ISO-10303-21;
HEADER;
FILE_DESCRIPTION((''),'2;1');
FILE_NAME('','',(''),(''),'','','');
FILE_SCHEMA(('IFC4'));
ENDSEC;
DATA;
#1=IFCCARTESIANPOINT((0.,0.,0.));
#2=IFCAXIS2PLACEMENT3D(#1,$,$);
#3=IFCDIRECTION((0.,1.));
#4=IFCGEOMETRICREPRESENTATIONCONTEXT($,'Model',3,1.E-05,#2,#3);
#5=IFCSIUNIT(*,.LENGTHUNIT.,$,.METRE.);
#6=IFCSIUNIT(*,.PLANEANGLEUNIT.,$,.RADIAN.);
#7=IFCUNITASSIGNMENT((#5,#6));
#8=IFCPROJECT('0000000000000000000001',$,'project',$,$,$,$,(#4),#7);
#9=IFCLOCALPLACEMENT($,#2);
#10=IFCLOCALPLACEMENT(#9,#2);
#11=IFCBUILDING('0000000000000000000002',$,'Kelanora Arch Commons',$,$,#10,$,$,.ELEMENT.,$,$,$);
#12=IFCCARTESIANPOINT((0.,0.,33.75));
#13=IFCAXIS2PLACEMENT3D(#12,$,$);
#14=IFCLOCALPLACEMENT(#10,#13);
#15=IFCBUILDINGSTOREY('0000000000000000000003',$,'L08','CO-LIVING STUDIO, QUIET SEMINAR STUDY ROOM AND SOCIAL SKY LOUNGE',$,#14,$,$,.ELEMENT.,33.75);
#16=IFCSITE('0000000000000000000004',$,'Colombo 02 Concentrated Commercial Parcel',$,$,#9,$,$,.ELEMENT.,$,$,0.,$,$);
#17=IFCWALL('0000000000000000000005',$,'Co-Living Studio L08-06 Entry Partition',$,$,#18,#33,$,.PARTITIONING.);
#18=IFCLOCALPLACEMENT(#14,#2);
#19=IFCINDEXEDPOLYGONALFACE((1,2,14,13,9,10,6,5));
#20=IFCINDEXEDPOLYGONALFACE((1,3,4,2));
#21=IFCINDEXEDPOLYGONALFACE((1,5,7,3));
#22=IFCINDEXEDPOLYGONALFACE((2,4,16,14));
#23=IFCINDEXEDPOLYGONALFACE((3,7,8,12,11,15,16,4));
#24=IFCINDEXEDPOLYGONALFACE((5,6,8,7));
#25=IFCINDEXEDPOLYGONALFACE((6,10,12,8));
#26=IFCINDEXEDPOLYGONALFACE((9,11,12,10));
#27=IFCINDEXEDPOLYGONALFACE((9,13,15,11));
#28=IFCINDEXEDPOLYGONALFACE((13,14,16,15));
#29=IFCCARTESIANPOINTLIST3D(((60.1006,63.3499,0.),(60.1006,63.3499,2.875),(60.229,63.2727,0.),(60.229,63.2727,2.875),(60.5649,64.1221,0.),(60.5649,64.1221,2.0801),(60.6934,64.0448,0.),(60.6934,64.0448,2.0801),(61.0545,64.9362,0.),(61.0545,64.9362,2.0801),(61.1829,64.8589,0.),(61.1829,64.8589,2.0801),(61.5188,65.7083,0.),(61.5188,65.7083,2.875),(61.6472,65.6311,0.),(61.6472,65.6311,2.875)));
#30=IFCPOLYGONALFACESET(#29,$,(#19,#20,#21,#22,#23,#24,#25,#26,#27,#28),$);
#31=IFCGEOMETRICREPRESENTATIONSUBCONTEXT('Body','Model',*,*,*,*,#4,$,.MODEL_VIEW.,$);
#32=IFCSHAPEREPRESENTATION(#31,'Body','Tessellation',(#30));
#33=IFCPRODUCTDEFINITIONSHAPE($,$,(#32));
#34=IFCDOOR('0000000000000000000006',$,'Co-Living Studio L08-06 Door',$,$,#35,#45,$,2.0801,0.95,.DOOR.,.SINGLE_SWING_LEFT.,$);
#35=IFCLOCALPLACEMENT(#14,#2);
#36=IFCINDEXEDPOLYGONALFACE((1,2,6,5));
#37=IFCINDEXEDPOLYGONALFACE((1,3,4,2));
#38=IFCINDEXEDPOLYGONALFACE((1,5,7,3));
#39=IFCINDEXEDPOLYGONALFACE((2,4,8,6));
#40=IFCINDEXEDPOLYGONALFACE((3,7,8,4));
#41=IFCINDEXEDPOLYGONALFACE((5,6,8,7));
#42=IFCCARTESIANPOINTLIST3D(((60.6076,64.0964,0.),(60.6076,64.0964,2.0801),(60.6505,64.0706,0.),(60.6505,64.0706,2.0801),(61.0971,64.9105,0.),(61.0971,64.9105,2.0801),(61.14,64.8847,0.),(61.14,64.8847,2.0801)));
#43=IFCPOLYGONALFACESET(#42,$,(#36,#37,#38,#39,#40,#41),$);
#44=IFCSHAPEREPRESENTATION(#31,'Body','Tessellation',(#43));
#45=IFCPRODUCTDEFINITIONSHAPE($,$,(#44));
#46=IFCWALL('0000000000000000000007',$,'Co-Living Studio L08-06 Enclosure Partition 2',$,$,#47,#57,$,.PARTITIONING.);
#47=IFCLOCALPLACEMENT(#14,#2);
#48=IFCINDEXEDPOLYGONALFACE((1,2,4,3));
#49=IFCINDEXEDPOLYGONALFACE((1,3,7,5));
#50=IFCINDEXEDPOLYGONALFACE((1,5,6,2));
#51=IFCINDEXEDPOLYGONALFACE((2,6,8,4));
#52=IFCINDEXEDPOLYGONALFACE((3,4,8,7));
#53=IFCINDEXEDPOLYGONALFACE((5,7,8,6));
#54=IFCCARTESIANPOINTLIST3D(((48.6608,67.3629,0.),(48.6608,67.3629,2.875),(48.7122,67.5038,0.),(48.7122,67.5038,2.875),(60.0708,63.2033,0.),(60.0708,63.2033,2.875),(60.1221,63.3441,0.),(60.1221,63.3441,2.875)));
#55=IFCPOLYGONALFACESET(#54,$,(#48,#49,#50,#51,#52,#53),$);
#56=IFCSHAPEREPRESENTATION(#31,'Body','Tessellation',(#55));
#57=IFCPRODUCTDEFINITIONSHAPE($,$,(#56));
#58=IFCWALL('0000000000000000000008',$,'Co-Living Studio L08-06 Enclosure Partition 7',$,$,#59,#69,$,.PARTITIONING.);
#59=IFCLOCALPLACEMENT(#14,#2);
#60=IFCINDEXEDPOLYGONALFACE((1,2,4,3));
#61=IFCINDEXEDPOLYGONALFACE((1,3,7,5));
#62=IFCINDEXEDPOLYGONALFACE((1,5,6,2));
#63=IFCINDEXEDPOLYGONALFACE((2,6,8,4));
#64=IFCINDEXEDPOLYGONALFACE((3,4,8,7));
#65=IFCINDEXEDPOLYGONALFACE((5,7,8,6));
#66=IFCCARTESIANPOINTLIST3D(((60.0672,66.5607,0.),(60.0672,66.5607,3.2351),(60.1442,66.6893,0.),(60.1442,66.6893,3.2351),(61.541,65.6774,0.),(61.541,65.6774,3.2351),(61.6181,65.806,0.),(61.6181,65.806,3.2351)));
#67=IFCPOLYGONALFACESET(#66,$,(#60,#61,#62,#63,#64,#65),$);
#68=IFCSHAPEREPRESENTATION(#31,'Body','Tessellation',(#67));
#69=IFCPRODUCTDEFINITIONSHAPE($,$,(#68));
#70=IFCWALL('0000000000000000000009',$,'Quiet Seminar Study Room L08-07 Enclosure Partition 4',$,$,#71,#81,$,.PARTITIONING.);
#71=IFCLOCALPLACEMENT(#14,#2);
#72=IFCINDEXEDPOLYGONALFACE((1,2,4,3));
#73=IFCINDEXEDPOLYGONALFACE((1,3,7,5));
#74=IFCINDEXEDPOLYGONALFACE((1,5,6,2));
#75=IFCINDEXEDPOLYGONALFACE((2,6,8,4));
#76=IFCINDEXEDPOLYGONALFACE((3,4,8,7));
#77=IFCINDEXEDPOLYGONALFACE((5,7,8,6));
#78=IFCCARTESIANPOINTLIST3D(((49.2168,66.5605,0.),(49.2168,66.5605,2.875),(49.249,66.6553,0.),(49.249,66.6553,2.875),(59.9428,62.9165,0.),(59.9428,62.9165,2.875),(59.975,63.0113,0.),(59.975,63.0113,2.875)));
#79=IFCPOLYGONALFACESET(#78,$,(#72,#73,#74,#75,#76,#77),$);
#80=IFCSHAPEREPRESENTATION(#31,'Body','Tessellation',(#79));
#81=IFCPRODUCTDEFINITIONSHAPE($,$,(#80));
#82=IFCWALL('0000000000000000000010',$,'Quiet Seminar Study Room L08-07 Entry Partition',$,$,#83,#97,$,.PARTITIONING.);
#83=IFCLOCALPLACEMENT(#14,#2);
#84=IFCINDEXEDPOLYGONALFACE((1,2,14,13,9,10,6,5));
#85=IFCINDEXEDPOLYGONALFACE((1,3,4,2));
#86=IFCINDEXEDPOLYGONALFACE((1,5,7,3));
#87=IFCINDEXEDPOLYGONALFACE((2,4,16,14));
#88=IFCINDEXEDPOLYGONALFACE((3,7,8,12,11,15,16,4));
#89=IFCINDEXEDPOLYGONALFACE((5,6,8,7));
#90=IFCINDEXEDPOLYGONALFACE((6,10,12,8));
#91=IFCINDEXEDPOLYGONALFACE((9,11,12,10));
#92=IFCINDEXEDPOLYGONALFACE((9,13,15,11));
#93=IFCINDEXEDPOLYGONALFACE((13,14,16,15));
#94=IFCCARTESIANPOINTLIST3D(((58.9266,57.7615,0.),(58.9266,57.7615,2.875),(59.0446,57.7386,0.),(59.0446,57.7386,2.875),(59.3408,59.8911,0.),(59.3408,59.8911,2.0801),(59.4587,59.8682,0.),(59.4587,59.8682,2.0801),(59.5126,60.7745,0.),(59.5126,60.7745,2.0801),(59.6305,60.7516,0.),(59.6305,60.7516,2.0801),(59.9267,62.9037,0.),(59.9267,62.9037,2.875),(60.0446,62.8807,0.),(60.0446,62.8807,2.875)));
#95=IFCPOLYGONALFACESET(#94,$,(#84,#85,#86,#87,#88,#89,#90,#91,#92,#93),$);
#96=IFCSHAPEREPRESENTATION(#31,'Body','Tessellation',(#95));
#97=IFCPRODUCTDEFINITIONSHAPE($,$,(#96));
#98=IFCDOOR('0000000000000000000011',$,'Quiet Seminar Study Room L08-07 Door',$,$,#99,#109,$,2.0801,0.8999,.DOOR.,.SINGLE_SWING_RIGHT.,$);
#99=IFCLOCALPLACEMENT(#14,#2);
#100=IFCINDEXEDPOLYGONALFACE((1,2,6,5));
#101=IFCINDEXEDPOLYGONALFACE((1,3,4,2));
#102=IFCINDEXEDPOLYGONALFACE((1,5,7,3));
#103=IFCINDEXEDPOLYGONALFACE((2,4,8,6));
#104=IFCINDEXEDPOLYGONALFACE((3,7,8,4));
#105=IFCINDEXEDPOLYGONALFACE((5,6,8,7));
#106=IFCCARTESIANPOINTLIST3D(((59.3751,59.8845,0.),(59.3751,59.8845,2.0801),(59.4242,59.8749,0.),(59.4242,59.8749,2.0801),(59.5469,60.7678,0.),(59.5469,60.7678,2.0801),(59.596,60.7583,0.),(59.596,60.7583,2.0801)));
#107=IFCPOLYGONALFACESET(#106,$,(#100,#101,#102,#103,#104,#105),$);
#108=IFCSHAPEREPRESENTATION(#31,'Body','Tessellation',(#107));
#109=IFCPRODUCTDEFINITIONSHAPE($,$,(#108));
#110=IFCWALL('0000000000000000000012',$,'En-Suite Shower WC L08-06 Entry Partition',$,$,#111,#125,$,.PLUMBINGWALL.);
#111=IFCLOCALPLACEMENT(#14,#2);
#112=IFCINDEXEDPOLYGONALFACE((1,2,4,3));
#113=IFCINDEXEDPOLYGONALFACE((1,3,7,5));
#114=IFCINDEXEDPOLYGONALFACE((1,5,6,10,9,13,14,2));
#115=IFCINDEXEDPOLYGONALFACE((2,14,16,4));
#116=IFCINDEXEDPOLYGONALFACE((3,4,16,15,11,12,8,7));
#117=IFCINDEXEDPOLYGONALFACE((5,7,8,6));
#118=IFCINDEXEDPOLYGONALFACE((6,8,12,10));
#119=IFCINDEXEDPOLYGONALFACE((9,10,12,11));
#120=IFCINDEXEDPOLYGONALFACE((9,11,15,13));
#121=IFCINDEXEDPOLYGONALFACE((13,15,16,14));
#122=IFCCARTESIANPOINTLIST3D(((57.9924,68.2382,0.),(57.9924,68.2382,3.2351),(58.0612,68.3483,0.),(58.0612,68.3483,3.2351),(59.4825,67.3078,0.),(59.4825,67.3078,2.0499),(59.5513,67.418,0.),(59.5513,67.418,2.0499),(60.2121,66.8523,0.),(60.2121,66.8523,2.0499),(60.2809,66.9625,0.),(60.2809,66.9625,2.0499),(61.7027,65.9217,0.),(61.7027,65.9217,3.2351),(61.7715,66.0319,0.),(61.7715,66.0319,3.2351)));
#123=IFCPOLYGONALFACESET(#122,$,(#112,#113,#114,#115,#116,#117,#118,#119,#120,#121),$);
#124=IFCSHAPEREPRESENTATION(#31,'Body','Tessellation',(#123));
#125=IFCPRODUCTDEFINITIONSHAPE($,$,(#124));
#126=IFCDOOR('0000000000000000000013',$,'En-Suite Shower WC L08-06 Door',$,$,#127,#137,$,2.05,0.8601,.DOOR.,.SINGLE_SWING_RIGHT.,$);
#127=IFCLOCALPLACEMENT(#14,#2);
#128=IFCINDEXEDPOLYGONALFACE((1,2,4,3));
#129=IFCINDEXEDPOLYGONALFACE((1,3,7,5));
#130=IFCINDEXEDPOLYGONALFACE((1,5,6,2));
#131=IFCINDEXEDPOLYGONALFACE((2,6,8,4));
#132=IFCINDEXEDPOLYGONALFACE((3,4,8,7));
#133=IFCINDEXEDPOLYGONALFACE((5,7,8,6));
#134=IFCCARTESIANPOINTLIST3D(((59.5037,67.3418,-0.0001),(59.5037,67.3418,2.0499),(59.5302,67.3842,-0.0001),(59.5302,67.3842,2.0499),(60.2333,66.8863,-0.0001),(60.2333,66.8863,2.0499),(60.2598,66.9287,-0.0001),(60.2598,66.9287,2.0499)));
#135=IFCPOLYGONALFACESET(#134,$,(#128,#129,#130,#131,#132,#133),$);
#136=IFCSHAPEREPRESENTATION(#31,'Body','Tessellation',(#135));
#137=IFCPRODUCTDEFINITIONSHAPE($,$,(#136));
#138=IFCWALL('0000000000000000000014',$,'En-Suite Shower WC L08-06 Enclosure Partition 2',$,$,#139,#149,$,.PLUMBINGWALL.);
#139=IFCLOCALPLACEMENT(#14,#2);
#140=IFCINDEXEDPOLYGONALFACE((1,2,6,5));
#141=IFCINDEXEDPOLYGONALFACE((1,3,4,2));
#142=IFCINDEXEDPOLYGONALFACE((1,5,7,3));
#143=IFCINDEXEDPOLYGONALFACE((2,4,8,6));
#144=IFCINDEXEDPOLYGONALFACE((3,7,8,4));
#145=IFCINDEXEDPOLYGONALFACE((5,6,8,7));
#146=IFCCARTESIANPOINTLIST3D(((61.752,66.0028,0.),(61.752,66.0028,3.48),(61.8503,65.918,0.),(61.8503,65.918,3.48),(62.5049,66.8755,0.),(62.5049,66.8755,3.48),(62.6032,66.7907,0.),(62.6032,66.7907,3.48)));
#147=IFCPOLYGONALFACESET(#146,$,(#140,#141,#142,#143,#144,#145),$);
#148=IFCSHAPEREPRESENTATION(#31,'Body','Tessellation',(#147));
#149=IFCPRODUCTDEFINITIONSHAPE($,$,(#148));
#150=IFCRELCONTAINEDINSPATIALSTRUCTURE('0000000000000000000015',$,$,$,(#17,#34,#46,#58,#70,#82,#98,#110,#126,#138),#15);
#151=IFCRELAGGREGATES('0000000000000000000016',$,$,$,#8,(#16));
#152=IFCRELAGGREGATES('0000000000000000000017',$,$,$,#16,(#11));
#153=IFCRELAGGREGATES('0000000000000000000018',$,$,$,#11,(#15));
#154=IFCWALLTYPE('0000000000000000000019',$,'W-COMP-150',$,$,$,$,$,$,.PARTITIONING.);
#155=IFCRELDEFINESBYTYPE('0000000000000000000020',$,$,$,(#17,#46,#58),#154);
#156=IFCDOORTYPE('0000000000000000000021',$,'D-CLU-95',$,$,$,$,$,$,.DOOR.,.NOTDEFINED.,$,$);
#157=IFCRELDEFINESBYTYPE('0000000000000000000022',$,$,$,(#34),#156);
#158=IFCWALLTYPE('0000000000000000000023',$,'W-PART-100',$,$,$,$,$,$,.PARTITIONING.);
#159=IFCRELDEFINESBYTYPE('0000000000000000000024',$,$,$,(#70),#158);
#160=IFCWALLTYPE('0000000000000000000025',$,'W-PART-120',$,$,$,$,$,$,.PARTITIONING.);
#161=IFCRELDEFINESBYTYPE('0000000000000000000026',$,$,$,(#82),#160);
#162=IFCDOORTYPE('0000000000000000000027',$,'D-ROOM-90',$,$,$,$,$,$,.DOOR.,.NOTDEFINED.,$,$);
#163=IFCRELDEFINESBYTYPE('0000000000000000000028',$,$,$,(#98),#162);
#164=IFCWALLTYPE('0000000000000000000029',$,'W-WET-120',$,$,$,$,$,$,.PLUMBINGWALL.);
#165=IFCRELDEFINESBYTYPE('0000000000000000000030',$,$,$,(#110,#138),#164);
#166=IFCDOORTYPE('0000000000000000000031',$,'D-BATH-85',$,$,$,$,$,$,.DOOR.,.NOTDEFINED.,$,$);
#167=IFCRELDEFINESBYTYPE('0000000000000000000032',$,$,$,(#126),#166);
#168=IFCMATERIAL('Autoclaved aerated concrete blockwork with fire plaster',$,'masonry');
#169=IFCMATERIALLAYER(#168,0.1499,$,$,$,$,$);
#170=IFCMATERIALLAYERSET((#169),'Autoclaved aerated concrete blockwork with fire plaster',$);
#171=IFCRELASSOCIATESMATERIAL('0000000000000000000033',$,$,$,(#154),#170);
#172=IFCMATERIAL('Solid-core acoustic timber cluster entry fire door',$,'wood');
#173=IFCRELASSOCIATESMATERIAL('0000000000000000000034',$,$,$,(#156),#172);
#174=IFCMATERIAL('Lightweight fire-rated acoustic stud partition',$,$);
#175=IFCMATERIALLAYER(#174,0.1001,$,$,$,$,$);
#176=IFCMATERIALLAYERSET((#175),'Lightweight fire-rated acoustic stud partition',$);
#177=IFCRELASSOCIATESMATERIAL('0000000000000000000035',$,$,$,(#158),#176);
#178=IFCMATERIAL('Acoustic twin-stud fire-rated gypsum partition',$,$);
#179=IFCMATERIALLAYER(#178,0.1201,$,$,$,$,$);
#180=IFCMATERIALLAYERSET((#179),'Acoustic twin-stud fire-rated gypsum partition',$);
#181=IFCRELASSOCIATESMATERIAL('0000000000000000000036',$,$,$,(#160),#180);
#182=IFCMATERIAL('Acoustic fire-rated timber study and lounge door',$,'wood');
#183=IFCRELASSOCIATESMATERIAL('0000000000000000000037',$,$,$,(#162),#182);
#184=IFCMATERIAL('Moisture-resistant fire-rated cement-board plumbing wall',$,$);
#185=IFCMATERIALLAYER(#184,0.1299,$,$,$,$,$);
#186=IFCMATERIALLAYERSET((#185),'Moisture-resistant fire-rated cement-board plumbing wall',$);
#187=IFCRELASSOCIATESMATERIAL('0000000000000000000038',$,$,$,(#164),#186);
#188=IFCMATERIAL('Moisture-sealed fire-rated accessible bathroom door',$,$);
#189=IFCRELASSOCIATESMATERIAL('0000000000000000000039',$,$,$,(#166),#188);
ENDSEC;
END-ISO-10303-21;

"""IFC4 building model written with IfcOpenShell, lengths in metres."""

from ifc_helpers import new_model, si_unit, direction, frame, frame_2d, origin, place, context, subcontext, project, spatial, rectangle, extrude, material, layer, layer_set, type_object, element, fill, save


model = new_model("IFC4")

# Units and contexts
model_context = context("Model", 3, precision=1e-05, world=origin(), true_north=direction((0.0, 1.0)))
body_context = subcontext(model_context, "Body", "Model", "MODEL_VIEW")
ifc_project = project(units=[si_unit("LENGTHUNIT", "METRE"), si_unit("PLANEANGLEUNIT", "RADIAN")], contexts=[model_context])

# Site, building, storey
site_placement = place(None, origin())
site = spatial("IfcSite", under=ifc_project, at=site_placement, Name="Colombo 02 Concentrated Commercial Parcel", CompositionType="ELEMENT", RefElevation=0.0)
building_placement = place(site_placement, origin())
building = spatial("IfcBuilding", under=site, at=building_placement, Name="Kelanora Arch Commons", CompositionType="ELEMENT")
storey_placement = place(building_placement, frame((0.0, 0.0, 33.75)))
storey = spatial("IfcBuildingStorey", under=building, at=storey_placement, Name="L08", Description="CO-LIVING STUDIO, QUIET SEMINAR STUDY ROOM AND SOCIAL SKY LOUNGE", CompositionType="ELEMENT", Elevation=33.75)

# Wall, opening, door
ifc_material_1 = material(Name="Autoclaved aerated concrete blockwork with fire plaster", Category="masonry")
ifc_layer_1 = layer(ifc_material_1, 0.1499)
ifc_layer_set_1 = layer_set([ifc_layer_1], Name="Autoclaved aerated concrete blockwork with fire plaster")
wall_type_1 = type_object("IfcWallType", Name="W-COMP-150", PredefinedType="PARTITIONING", material=ifc_layer_set_1)
wall_1_placement = place(storey_placement, frame((61.583, 65.6697, 0.0), z_axis=(0.0, 0.0, 1.0), x_axis=(-0.515344, -0.856984, 0.0)))
wall_1 = element("IfcWall", 1, at=wall_1_placement, inside=storey, type_object=wall_type_1, Name="Co-Living Studio L08-06 Entry Partition", PredefinedType="PARTITIONING", context=body_context, shape_type="SweptSolid", body=[
    extrude(rectangle(XDim=2.752, YDim=0.1499, at=frame_2d((1.376, 0.0))), origin(), (0.0, 0.0, 1.0), 2.875),
])
opening_1_placement = place(wall_1_placement, frame((0.9009, 0.0, 0.0)))
opening_1 = element("IfcOpeningElement", 2, at=opening_1_placement, cuts=wall_1, PredefinedType="OPENING", context=body_context, shape_type="SweptSolid", body=[
    extrude(rectangle(XDim=0.95, YDim=2.0801, at=frame_2d((0.4751, 1.04))), frame((0.0, 0.085, 0.0), z_axis=(0.0, -1.0, 0.0), x_axis=(1.0, 0.0, 0.0)), (0.0, 0.0, 1.0), 0.1699),
])
ifc_material_2 = material(Name="Solid-core acoustic timber cluster entry fire door", Category="wood")
door_type_1 = type_object("IfcDoorType", Name="D-CLU-95", OperationType="NOTDEFINED", PredefinedType="DOOR", material=ifc_material_2)
door_1_placement = place(opening_1_placement, origin())
door_1 = element("IfcDoor", 3, at=door_1_placement, inside=storey, type_object=door_type_1, Name="Co-Living Studio L08-06 Door", OperationType="SINGLE_SWING_LEFT", OverallHeight=2.0801, OverallWidth=0.95, PredefinedType="DOOR", context=body_context, shape_type="SweptSolid", body=[
    extrude(rectangle(XDim=0.95, YDim=2.0801, at=frame_2d((0.4751, 1.04))), frame((0.0, 0.0249, 0.0), z_axis=(0.0, -1.0, 0.0), x_axis=(1.0, 0.0, 0.0)), (0.0, 0.0, 1.0), 0.05),
])
fill(opening_1, door_1)

# Walls
wall_2_placement = place(storey_placement, frame((60.0964, 63.2737, 0.0), z_axis=(0.0, 0.0, 1.0), x_axis=(-0.939513, 0.342514, 0.0)))
element("IfcWall", 4, at=wall_2_placement, inside=storey, type_object=wall_type_1, Name="Co-Living Studio L08-06 Enclosure Partition 2", PredefinedType="PARTITIONING", context=body_context, shape_type="SweptSolid", body=[
    extrude(rectangle(XDim=12.1445, YDim=0.1499, at=frame_2d((6.0723, 0.0))), origin(), (0.0, 0.0, 1.0), 2.875),
])
wall_3_placement = place(storey_placement, frame((60.1057, 66.625, 0.0), z_axis=(0.0, 0.0, 1.0), x_axis=(0.857756, -0.514057, 0.0)))
element("IfcWall", 5, at=wall_3_placement, inside=storey, type_object=wall_type_1, Name="Co-Living Studio L08-06 Enclosure Partition 7", PredefinedType="PARTITIONING", context=body_context, shape_type="SweptSolid", body=[
    extrude(rectangle(XDim=1.7183, YDim=0.1499, at=frame_2d((0.8591, 0.0))), origin(), (0.0, 0.0, 1.0), 3.2351),
])
ifc_material_3 = material(Name="Lightweight fire-rated acoustic stud partition")
ifc_layer_2 = layer(ifc_material_3, 0.1001)
ifc_layer_set_2 = layer_set([ifc_layer_2], Name="Lightweight fire-rated acoustic stud partition")
wall_type_2 = type_object("IfcWallType", Name="W-PART-100", PredefinedType="PARTITIONING", material=ifc_layer_set_2)
wall_4_placement = place(storey_placement, frame((49.2329, 66.6079, 0.0), z_axis=(0.0, 0.0, 1.0), x_axis=(0.946849, -0.321679, 0.0)))
element("IfcWall", 6, at=wall_4_placement, inside=storey, type_object=wall_type_2, Name="Quiet Seminar Study Room L08-07 Enclosure Partition 4", PredefinedType="PARTITIONING", context=body_context, shape_type="SweptSolid", body=[
    extrude(rectangle(XDim=11.3281, YDim=0.1001, at=frame_2d((5.6641, 0.0))), origin(), (0.0, 0.0, 1.0), 2.875),
])

# Walls, openings, doors
ifc_material_4 = material(Name="Acoustic twin-stud fire-rated gypsum partition")
ifc_layer_3 = layer(ifc_material_4, 0.1201)
ifc_layer_set_3 = layer_set([ifc_layer_3], Name="Acoustic twin-stud fire-rated gypsum partition")
wall_type_3 = type_object("IfcWallType", Name="W-PART-120", PredefinedType="PARTITIONING", material=ifc_layer_set_3)
wall_5_placement = place(storey_placement, frame((59.9856, 62.8921, 0.0), z_axis=(0.0, 0.0, 1.0), x_axis=(-0.190897, -0.98161, 0.0)))
wall_5 = element("IfcWall", 7, at=wall_5_placement, inside=storey, type_object=wall_type_3, Name="Quiet Seminar Study Room L08-07 Entry Partition", PredefinedType="PARTITIONING", context=body_context, shape_type="SweptSolid", body=[
    extrude(rectangle(XDim=5.2385, YDim=0.1201, at=frame_2d((2.6191, 0.0))), origin(), (0.0, 0.0, 1.0), 2.875),
])
opening_2_placement = place(wall_5_placement, frame((2.1689, 0.0, 0.0)))
opening_2 = element("IfcOpeningElement", 8, at=opening_2_placement, cuts=wall_5, PredefinedType="OPENING", context=body_context, shape_type="SweptSolid", body=[
    extrude(rectangle(XDim=0.8999, YDim=2.0801, at=frame_2d((0.45, 1.04))), frame((0.0, 0.0701, 0.0), z_axis=(0.0, -1.0, 0.0), x_axis=(1.0, 0.0, 0.0)), (0.0, 0.0, 1.0), 0.1401),
])
ifc_material_5 = material(Name="Acoustic fire-rated timber study and lounge door", Category="wood")
door_type_2 = type_object("IfcDoorType", Name="D-ROOM-90", OperationType="NOTDEFINED", PredefinedType="DOOR", material=ifc_material_5)
door_2_placement = place(opening_2_placement, origin())
door_2 = element("IfcDoor", 9, at=door_2_placement, inside=storey, type_object=door_type_2, Name="Quiet Seminar Study Room L08-07 Door", OperationType="SINGLE_SWING_RIGHT", OverallHeight=2.0801, OverallWidth=0.8999, PredefinedType="DOOR", context=body_context, shape_type="SweptSolid", body=[
    extrude(rectangle(XDim=0.8999, YDim=2.0801, at=frame_2d((0.45, 1.04))), frame((0.0, 0.0249, 0.0), z_axis=(0.0, -1.0, 0.0), x_axis=(1.0, 0.0, 0.0)), (0.0, 0.0, 1.0), 0.05),
])
fill(opening_2, door_2)
ifc_material_6 = material(Name="Moisture-resistant fire-rated cement-board plumbing wall")
ifc_layer_4 = layer(ifc_material_6, 0.1299)
ifc_layer_set_4 = layer_set([ifc_layer_4], Name="Moisture-resistant fire-rated cement-board plumbing wall")
wall_type_4 = type_object("IfcWallType", Name="W-WET-120", PredefinedType="PLUMBINGWALL", material=ifc_layer_set_4)
wall_6_placement = place(storey_placement, frame((61.7371, 65.9768, 0.0), z_axis=(0.0, 0.0, 1.0), x_axis=(-0.848252, 0.529592, 0.0)))
wall_6 = element("IfcWall", 10, at=wall_6_placement, inside=storey, type_object=wall_type_4, Name="En-Suite Shower WC L08-06 Entry Partition", PredefinedType="PLUMBINGWALL", context=body_context, shape_type="SweptSolid", body=[
    extrude(rectangle(XDim=4.374, YDim=0.1299, at=frame_2d((2.187, 0.0))), origin(), (0.0, 0.0, 1.0), 3.2351),
])
opening_3_placement = place(wall_6_placement, frame((1.7571, 0.0, 0.0)))
opening_3 = element("IfcOpeningElement", 11, at=opening_3_placement, cuts=wall_6, PredefinedType="OPENING", context=body_context, shape_type="SweptSolid", body=[
    extrude(rectangle(XDim=0.8601, YDim=2.05, at=frame_2d((0.4302, 1.0249))), frame((0.0, 0.075, 0.0), z_axis=(0.0, -1.0, 0.0), x_axis=(1.0, 0.0, 0.0)), (0.0, 0.0, 1.0), 0.1499),
])
ifc_material_7 = material(Name="Moisture-sealed fire-rated accessible bathroom door")
door_type_3 = type_object("IfcDoorType", Name="D-BATH-85", OperationType="NOTDEFINED", PredefinedType="DOOR", material=ifc_material_7)
door_3_placement = place(opening_3_placement, origin())
door_3 = element("IfcDoor", 12, at=door_3_placement, inside=storey, type_object=door_type_3, Name="En-Suite Shower WC L08-06 Door", OperationType="SINGLE_SWING_RIGHT", OverallHeight=2.05, OverallWidth=0.8601, PredefinedType="DOOR", context=body_context, shape_type="SweptSolid", body=[
    extrude(rectangle(XDim=0.8601, YDim=2.05, at=frame_2d((0.4302, 1.0249))), frame((0.0, 0.0249, 0.0), z_axis=(0.0, -1.0, 0.0), x_axis=(1.0, 0.0, 0.0)), (0.0, 0.0, 1.0), 0.05),
])
fill(opening_3, door_3)

# Wall
wall_7_placement = place(storey_placement, frame((62.554, 66.833, 0.0), z_axis=(0.0, 0.0, 1.0), x_axis=(-0.653195, -0.75719, 0.0)))
element("IfcWall", 13, at=wall_7_placement, inside=storey, type_object=wall_type_4, Name="En-Suite Shower WC L08-06 Enclosure Partition 2", PredefinedType="PLUMBINGWALL", context=body_context, shape_type="SweptSolid", body=[
    extrude(rectangle(XDim=1.1526, YDim=0.1299, at=frame_2d((0.5762, 0.0))), origin(), (0.0, 0.0, 1.0), 3.48),
])

save(model, "model.ifc")
